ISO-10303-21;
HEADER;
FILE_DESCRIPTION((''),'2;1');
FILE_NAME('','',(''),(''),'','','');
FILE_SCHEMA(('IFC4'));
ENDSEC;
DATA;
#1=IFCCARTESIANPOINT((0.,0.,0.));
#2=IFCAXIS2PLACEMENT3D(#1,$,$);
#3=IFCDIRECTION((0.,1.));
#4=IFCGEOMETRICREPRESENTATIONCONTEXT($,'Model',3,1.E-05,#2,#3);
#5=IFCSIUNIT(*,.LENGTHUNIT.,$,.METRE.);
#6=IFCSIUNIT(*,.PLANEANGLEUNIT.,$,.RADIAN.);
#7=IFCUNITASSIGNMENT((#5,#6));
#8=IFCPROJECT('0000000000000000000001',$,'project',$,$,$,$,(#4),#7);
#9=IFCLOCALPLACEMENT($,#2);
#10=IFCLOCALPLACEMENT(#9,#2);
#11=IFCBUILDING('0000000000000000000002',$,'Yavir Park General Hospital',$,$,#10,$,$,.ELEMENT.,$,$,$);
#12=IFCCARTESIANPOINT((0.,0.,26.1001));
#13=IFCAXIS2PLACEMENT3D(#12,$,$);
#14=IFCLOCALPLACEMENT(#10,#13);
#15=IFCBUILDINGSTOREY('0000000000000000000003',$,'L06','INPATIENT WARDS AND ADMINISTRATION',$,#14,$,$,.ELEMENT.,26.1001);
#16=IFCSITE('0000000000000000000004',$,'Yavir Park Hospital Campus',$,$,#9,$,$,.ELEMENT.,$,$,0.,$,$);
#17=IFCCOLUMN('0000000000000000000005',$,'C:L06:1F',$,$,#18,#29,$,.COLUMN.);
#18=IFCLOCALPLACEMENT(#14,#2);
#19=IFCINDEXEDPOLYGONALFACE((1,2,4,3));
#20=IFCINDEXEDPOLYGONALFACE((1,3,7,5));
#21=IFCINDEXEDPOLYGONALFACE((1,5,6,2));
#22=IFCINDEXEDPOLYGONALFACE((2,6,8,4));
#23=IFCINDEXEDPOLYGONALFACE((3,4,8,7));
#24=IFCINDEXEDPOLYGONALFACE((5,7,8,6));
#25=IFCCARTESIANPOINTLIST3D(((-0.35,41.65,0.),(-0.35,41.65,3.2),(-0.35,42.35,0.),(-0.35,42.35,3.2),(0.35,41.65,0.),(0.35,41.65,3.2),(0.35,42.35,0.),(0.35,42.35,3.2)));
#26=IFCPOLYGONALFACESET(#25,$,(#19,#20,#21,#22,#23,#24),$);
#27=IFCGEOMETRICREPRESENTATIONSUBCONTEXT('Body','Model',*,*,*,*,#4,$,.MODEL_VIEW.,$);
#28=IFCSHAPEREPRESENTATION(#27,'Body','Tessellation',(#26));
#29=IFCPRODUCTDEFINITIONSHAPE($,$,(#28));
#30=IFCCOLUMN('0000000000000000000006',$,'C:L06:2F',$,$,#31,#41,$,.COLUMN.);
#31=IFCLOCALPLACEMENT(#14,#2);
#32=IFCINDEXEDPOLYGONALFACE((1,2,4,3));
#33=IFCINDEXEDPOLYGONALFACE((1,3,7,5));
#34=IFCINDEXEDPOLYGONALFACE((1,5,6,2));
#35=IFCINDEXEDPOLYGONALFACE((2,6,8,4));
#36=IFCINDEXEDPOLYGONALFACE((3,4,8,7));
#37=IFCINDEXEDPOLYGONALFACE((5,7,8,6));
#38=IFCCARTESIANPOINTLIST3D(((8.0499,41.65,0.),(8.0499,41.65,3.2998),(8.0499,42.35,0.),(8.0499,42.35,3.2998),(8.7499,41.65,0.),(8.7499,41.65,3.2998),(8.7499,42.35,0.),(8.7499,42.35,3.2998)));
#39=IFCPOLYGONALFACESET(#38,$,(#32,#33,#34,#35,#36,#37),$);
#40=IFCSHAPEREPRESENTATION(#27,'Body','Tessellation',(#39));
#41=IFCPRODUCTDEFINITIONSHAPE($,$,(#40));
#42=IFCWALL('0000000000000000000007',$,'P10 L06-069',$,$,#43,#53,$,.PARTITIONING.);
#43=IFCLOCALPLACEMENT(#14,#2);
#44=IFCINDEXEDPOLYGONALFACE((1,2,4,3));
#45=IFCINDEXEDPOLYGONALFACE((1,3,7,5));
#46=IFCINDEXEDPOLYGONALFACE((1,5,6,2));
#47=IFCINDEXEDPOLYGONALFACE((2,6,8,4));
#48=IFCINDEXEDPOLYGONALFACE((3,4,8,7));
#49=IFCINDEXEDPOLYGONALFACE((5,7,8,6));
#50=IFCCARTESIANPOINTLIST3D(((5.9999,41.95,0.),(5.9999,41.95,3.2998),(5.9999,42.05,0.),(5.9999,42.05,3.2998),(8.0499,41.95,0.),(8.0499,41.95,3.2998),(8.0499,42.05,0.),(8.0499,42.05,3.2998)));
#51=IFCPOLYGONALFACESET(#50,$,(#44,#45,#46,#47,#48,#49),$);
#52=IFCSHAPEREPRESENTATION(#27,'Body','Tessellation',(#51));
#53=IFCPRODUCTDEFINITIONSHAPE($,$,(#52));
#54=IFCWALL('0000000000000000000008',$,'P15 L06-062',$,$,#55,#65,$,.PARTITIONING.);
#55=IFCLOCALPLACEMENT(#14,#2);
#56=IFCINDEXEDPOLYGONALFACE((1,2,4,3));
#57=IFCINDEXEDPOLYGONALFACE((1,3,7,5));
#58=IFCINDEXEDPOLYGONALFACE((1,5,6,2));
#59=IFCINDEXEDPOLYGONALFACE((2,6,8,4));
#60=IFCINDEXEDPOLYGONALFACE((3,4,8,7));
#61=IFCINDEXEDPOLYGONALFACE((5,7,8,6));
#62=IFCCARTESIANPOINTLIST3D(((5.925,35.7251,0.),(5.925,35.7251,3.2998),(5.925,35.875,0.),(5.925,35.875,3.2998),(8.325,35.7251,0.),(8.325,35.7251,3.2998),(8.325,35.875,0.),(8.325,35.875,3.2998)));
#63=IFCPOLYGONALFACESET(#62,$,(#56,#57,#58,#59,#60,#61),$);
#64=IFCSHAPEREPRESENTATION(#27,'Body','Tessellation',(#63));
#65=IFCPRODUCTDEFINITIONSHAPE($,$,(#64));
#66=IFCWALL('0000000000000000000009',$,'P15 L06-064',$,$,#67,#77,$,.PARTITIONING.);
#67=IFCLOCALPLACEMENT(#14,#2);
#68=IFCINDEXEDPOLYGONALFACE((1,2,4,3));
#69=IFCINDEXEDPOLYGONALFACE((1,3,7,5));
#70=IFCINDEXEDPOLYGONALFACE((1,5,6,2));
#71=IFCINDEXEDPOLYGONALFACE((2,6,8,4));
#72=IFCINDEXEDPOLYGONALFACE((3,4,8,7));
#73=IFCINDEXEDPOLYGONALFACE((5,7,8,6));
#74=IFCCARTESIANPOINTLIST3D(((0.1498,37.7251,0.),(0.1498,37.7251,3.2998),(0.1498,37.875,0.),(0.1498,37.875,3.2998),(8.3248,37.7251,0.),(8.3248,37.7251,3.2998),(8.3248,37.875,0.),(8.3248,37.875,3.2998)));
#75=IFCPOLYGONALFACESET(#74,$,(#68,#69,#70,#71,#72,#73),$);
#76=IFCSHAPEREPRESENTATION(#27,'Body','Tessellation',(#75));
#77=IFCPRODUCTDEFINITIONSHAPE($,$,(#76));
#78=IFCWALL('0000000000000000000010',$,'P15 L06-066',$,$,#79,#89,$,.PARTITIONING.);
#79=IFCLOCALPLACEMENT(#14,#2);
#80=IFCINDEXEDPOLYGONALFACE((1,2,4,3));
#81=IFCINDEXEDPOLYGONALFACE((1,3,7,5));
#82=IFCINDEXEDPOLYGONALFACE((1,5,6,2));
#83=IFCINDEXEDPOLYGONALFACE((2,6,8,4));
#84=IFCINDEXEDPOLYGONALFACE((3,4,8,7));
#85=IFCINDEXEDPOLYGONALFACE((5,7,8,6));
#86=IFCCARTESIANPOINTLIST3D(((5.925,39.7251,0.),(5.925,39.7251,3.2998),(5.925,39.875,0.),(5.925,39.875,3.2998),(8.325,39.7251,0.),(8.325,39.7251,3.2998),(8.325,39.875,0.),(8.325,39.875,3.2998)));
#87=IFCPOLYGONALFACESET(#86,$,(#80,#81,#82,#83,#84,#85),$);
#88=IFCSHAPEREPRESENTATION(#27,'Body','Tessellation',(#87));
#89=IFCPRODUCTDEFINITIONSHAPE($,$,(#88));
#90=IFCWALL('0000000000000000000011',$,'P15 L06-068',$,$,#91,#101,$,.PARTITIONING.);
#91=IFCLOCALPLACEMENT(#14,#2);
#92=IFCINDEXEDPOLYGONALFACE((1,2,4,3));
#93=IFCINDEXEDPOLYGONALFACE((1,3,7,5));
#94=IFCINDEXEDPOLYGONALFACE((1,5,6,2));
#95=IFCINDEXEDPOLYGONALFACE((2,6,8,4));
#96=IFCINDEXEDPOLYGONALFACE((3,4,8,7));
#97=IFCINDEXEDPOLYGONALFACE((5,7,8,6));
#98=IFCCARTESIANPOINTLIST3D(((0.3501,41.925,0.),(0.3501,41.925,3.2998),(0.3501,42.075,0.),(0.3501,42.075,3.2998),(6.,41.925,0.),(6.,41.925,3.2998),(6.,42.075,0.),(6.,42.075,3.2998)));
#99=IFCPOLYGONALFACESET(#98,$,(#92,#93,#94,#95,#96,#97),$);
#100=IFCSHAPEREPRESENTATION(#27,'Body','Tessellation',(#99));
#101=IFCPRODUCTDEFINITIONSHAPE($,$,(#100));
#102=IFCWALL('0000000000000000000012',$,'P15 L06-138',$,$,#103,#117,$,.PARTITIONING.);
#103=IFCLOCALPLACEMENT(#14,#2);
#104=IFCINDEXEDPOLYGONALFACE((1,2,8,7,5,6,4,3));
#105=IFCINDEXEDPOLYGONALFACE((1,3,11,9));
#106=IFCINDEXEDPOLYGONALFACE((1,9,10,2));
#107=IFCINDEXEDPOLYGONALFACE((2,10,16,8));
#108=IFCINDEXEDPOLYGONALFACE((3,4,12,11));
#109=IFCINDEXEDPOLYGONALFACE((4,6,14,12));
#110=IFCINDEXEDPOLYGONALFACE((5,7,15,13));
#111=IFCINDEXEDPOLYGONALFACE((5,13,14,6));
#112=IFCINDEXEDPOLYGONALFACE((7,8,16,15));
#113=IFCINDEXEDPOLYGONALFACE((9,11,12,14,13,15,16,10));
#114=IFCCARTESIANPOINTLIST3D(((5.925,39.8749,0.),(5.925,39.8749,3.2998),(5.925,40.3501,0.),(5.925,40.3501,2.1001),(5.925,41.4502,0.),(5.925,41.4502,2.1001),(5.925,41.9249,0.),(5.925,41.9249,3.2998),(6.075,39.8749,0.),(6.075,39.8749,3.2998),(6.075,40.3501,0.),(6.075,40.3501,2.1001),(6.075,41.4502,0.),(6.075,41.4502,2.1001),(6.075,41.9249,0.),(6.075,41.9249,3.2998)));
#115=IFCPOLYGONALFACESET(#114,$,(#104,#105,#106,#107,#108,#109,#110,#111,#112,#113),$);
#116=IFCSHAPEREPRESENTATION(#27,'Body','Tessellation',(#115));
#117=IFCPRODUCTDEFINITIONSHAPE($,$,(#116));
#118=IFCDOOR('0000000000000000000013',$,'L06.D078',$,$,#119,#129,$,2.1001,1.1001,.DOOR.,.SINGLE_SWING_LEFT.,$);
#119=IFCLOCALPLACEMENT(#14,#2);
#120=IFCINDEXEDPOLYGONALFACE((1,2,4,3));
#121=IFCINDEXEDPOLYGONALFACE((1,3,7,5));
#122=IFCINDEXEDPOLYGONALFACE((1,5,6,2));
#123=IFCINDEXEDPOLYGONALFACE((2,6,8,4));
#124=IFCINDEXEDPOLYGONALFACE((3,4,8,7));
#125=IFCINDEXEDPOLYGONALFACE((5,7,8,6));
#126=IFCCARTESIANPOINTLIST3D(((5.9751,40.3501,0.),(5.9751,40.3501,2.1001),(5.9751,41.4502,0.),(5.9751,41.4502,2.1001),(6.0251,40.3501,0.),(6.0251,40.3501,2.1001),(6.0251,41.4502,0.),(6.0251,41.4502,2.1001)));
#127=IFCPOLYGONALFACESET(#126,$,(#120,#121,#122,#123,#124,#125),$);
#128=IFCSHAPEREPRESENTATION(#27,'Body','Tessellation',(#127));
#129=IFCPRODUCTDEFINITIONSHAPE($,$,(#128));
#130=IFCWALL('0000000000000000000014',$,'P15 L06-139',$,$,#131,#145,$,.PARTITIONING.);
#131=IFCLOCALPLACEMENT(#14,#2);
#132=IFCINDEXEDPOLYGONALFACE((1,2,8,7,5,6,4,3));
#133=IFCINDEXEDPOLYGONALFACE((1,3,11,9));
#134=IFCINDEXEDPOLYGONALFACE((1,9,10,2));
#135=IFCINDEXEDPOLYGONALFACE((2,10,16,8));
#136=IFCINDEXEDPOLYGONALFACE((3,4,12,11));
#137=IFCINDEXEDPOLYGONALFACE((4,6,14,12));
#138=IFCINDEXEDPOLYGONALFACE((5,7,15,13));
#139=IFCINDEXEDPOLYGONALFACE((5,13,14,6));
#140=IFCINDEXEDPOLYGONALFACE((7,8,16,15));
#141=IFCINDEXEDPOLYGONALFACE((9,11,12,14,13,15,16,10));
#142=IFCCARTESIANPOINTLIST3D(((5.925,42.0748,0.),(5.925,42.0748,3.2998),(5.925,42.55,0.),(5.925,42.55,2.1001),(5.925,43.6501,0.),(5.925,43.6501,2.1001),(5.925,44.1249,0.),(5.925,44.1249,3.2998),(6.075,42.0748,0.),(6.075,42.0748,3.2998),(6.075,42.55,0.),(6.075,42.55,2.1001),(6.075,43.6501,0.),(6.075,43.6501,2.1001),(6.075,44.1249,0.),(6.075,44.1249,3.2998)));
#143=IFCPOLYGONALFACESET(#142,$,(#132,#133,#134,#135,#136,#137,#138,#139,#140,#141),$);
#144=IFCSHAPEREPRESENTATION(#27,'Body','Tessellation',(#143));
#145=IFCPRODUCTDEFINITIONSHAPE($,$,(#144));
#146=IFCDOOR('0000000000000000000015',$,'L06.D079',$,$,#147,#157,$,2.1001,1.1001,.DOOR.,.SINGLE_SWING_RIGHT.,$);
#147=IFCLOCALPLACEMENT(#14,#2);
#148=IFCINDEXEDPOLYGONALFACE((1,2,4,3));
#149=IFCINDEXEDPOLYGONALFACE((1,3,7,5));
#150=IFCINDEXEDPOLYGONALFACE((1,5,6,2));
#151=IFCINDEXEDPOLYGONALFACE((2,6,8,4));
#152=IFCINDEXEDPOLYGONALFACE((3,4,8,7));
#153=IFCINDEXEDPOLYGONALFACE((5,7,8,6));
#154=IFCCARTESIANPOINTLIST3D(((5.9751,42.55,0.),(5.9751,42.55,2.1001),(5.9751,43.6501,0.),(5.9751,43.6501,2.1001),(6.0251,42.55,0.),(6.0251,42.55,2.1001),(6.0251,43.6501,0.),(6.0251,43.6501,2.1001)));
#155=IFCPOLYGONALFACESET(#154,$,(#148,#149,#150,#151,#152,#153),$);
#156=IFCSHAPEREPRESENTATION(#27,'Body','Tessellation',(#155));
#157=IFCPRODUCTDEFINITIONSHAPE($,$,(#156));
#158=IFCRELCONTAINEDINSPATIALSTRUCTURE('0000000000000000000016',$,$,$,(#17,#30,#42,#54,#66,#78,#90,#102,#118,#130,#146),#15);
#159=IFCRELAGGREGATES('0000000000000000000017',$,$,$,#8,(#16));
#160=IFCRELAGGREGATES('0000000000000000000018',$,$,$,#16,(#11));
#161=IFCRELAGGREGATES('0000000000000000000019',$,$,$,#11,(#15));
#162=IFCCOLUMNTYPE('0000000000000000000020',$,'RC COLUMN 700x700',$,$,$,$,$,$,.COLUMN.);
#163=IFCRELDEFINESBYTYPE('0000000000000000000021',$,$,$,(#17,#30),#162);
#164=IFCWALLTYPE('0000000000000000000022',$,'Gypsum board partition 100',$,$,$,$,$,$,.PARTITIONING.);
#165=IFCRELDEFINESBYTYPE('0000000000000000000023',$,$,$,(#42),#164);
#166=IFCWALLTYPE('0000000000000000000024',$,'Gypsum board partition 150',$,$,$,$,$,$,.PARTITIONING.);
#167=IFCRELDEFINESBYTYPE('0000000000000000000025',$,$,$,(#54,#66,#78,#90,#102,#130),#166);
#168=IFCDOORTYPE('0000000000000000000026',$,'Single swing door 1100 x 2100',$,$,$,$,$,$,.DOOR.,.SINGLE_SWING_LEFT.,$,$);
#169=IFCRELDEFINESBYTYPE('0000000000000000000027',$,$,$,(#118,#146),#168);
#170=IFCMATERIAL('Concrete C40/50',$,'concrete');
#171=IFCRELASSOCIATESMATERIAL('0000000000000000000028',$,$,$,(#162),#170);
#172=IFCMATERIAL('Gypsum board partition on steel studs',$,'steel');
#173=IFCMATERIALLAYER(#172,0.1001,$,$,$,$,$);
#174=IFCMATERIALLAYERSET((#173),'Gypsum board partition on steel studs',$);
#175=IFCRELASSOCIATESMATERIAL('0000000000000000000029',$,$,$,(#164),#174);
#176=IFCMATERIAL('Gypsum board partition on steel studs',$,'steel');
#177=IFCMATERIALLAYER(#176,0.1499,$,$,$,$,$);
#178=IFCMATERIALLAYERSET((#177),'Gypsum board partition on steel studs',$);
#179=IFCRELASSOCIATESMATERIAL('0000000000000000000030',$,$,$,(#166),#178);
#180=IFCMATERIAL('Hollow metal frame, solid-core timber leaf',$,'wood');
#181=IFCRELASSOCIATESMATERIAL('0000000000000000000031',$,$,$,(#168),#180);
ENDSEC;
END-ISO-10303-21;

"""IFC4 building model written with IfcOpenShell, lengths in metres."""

from ifc_helpers import new_model, si_unit, direction, frame, frame_2d, origin, origin_2d, place, context, subcontext, project, spatial, rectangle, extrude, material, layer, layer_set, material_profile, profile_set, type_object, element, fill, save


model = new_model("IFC4")

# Units and contexts
model_context = context("Model", 3, precision=1e-05, world=origin(), true_north=direction((0.0, 1.0)))
body_context = subcontext(model_context, "Body", "Model", "MODEL_VIEW")
ifc_project = project(units=[si_unit("LENGTHUNIT", "METRE"), si_unit("PLANEANGLEUNIT", "RADIAN")], contexts=[model_context])

# Site, building, storey
site_placement = place(None, origin())
site = spatial("IfcSite", under=ifc_project, at=site_placement, Name="Yavir Park Hospital Campus", CompositionType="ELEMENT", RefElevation=0.0)
building_placement = place(site_placement, origin())
building = spatial("IfcBuilding", under=site, at=building_placement, Name="Yavir Park General Hospital", CompositionType="ELEMENT")
storey_placement = place(building_placement, frame((0.0, 0.0, 26.1001)))
storey = spatial("IfcBuildingStorey", under=building, at=storey_placement, Name="L06", Description="INPATIENT WARDS AND ADMINISTRATION", CompositionType="ELEMENT", Elevation=26.1001)

# Columns
ifc_material_1 = material(Name="Concrete C40/50", Category="concrete")
ifc_material_profile_1 = material_profile(ifc_material_1, rectangle(XDim=0.7, YDim=0.7, at=origin_2d()), Name="RC700x700")
ifc_profile_set_1 = profile_set([ifc_material_profile_1], Name="Concrete C40/50")
column_type = type_object("IfcColumnType", Name="RC COLUMN 700x700", PredefinedType="COLUMN", material=ifc_profile_set_1)
column_1_placement = place(storey_placement, frame((0.0, 42.0, 0.0), z_axis=(0.0, 0.0, 1.0), x_axis=(1.0, 0.0, 0.0)))
element("IfcColumn", 1, at=column_1_placement, inside=storey, type_object=column_type, Name="C:L06:1F", PredefinedType="COLUMN", context=body_context, shape_type="SweptSolid", body=[
    extrude(rectangle(XDim=0.7, YDim=0.7, at=origin_2d()), origin(), (0.0, 0.0, 1.0), 3.2),
])
column_2_placement = place(storey_placement, frame((8.3999, 42.0, 0.0), z_axis=(0.0, 0.0, 1.0), x_axis=(1.0, 0.0, 0.0)))
element("IfcColumn", 2, at=column_2_placement, inside=storey, type_object=column_type, Name="C:L06:2F", PredefinedType="COLUMN", context=body_context, shape_type="SweptSolid", body=[
    extrude(rectangle(XDim=0.7, YDim=0.7, at=origin_2d()), origin(), (0.0, 0.0, 1.0), 3.2998),
])

# Walls
ifc_material_2 = material(Name="Gypsum board partition on steel studs", Category="steel")
ifc_layer_1 = layer(ifc_material_2, 0.1001)
ifc_layer_set_1 = layer_set([ifc_layer_1], Name="Gypsum board partition on steel studs")
wall_type_1 = type_object("IfcWallType", Name="Gypsum board partition 100", PredefinedType="PARTITIONING", material=ifc_layer_set_1)
wall_1_placement = place(storey_placement, frame((6.0, 42.0, 0.0), z_axis=(0.0, 0.0, 1.0), x_axis=(1.0, 0.0, 0.0)))
element("IfcWall", 3, at=wall_1_placement, inside=storey, type_object=wall_type_1, Name="P10 L06-069", PredefinedType="PARTITIONING", context=body_context, shape_type="SweptSolid", body=[
    extrude(rectangle(XDim=2.05, YDim=0.1001, at=frame_2d((1.0249, 0.0))), origin(), (0.0, 0.0, 1.0), 3.2998),
])
ifc_material_3 = material(Name="Gypsum board partition on steel studs", Category="steel")
ifc_layer_2 = layer(ifc_material_3, 0.1499)
ifc_layer_set_2 = layer_set([ifc_layer_2], Name="Gypsum board partition on steel studs")
wall_type_2 = type_object("IfcWallType", Name="Gypsum board partition 150", PredefinedType="PARTITIONING", material=ifc_layer_set_2)
wall_2_placement = place(storey_placement, frame((5.925, 35.8, 0.0), z_axis=(0.0, 0.0, 1.0), x_axis=(1.0, 0.0, 0.0)))
element("IfcWall", 4, at=wall_2_placement, inside=storey, type_object=wall_type_2, Name="P15 L06-062", PredefinedType="PARTITIONING", context=body_context, shape_type="SweptSolid", body=[
    extrude(rectangle(XDim=2.3999, YDim=0.1499, at=frame_2d((1.2, 0.0))), origin(), (0.0, 0.0, 1.0), 3.2998),
])
wall_3_placement = place(storey_placement, frame((0.1499, 37.8, 0.0), z_axis=(0.0, 0.0, 1.0), x_axis=(1.0, 0.0, 0.0)))
element("IfcWall", 5, at=wall_3_placement, inside=storey, type_object=wall_type_2, Name="P15 L06-064", PredefinedType="PARTITIONING", context=body_context, shape_type="SweptSolid", body=[
    extrude(rectangle(XDim=8.175, YDim=0.1499, at=frame_2d((4.0874, 0.0))), origin(), (0.0, 0.0, 1.0), 3.2998),
])
wall_4_placement = place(storey_placement, frame((5.925, 39.8, 0.0), z_axis=(0.0, 0.0, 1.0), x_axis=(1.0, 0.0, 0.0)))
element("IfcWall", 6, at=wall_4_placement, inside=storey, type_object=wall_type_2, Name="P15 L06-066", PredefinedType="PARTITIONING", context=body_context, shape_type="SweptSolid", body=[
    extrude(rectangle(XDim=2.3999, YDim=0.1499, at=frame_2d((1.2, 0.0))), origin(), (0.0, 0.0, 1.0), 3.2998),
])
wall_5_placement = place(storey_placement, frame((0.3501, 42.0, 0.0), z_axis=(0.0, 0.0, 1.0), x_axis=(1.0, 0.0, 0.0)))
element("IfcWall", 7, at=wall_5_placement, inside=storey, type_object=wall_type_2, Name="P15 L06-068", PredefinedType="PARTITIONING", context=body_context, shape_type="SweptSolid", body=[
    extrude(rectangle(XDim=5.6499, YDim=0.1499, at=frame_2d((2.825, 0.0))), origin(), (0.0, 0.0, 1.0), 3.2998),
])

# Walls, openings, doors
wall_6_placement = place(storey_placement, frame((6.0, 39.875, 0.0), z_axis=(0.0, 0.0, 1.0), x_axis=(0.0, 1.0, 0.0)))
wall_6 = element("IfcWall", 8, at=wall_6_placement, inside=storey, type_object=wall_type_2, Name="P15 L06-138", PredefinedType="PARTITIONING", context=body_context, shape_type="SweptSolid", body=[
    extrude(rectangle(XDim=2.05, YDim=0.1499, at=frame_2d((1.0249, 0.0))), origin(), (0.0, 0.0, 1.0), 3.2998),
])
opening_1_placement = place(wall_6_placement, frame((0.4751, 0.0, 0.0)))
opening_1 = element("IfcOpeningElement", 9, at=opening_1_placement, cuts=wall_6, PredefinedType="OPENING", context=body_context, shape_type="SweptSolid", body=[
    extrude(rectangle(XDim=1.1001, YDim=2.1001, at=frame_2d((0.55, 1.05))), frame((0.0, 0.085, 0.0), z_axis=(0.0, -1.0, 0.0), x_axis=(1.0, 0.0, 0.0)), (0.0, 0.0, 1.0), 0.1699),
])
ifc_material_4 = material(Name="Hollow metal frame, solid-core timber leaf", Category="wood")
door_type = type_object("IfcDoorType", Name="Single swing door 1100 x 2100", OperationType="SINGLE_SWING_LEFT", PredefinedType="DOOR", material=ifc_material_4)
door_1_placement = place(opening_1_placement, origin())
door_1 = element("IfcDoor", 10, at=door_1_placement, inside=storey, type_object=door_type, Name="L06.D078", OperationType="SINGLE_SWING_LEFT", OverallHeight=2.1001, OverallWidth=1.1001, PredefinedType="DOOR", context=body_context, shape_type="SweptSolid", body=[
    extrude(rectangle(XDim=1.1001, YDim=2.1001, at=frame_2d((0.55, 1.05))), frame((0.0, 0.0249, 0.0), z_axis=(0.0, -1.0, 0.0), x_axis=(1.0, 0.0, 0.0)), (0.0, 0.0, 1.0), 0.05),
])
fill(opening_1, door_1)
wall_7_placement = place(storey_placement, frame((6.0, 42.075, 0.0), z_axis=(0.0, 0.0, 1.0), x_axis=(0.0, 1.0, 0.0)))
wall_7 = element("IfcWall", 11, at=wall_7_placement, inside=storey, type_object=wall_type_2, Name="P15 L06-139", PredefinedType="PARTITIONING", context=body_context, shape_type="SweptSolid", body=[
    extrude(rectangle(XDim=2.05, YDim=0.1499, at=frame_2d((1.0249, 0.0))), origin(), (0.0, 0.0, 1.0), 3.2998),
])
opening_2_placement = place(wall_7_placement, frame((0.4751, 0.0, 0.0)))
opening_2 = element("IfcOpeningElement", 12, at=opening_2_placement, cuts=wall_7, PredefinedType="OPENING", context=body_context, shape_type="SweptSolid", body=[
    extrude(rectangle(XDim=1.1001, YDim=2.1001, at=frame_2d((0.55, 1.05))), frame((0.0, 0.085, 0.0), z_axis=(0.0, -1.0, 0.0), x_axis=(1.0, 0.0, 0.0)), (0.0, 0.0, 1.0), 0.1699),
])
door_2_placement = place(opening_2_placement, origin())
door_2 = element("IfcDoor", 13, at=door_2_placement, inside=storey, type_object=door_type, Name="L06.D079", OperationType="SINGLE_SWING_RIGHT", OverallHeight=2.1001, OverallWidth=1.1001, PredefinedType="DOOR", context=body_context, shape_type="SweptSolid", body=[
    extrude(rectangle(XDim=1.1001, YDim=2.1001, at=frame_2d((0.55, 1.05))), frame((0.0, 0.0249, 0.0), z_axis=(0.0, -1.0, 0.0), x_axis=(1.0, 0.0, 0.0)), (0.0, 0.0, 1.0), 0.05),
])
fill(opening_2, door_2)

save(model, "model.ifc")
